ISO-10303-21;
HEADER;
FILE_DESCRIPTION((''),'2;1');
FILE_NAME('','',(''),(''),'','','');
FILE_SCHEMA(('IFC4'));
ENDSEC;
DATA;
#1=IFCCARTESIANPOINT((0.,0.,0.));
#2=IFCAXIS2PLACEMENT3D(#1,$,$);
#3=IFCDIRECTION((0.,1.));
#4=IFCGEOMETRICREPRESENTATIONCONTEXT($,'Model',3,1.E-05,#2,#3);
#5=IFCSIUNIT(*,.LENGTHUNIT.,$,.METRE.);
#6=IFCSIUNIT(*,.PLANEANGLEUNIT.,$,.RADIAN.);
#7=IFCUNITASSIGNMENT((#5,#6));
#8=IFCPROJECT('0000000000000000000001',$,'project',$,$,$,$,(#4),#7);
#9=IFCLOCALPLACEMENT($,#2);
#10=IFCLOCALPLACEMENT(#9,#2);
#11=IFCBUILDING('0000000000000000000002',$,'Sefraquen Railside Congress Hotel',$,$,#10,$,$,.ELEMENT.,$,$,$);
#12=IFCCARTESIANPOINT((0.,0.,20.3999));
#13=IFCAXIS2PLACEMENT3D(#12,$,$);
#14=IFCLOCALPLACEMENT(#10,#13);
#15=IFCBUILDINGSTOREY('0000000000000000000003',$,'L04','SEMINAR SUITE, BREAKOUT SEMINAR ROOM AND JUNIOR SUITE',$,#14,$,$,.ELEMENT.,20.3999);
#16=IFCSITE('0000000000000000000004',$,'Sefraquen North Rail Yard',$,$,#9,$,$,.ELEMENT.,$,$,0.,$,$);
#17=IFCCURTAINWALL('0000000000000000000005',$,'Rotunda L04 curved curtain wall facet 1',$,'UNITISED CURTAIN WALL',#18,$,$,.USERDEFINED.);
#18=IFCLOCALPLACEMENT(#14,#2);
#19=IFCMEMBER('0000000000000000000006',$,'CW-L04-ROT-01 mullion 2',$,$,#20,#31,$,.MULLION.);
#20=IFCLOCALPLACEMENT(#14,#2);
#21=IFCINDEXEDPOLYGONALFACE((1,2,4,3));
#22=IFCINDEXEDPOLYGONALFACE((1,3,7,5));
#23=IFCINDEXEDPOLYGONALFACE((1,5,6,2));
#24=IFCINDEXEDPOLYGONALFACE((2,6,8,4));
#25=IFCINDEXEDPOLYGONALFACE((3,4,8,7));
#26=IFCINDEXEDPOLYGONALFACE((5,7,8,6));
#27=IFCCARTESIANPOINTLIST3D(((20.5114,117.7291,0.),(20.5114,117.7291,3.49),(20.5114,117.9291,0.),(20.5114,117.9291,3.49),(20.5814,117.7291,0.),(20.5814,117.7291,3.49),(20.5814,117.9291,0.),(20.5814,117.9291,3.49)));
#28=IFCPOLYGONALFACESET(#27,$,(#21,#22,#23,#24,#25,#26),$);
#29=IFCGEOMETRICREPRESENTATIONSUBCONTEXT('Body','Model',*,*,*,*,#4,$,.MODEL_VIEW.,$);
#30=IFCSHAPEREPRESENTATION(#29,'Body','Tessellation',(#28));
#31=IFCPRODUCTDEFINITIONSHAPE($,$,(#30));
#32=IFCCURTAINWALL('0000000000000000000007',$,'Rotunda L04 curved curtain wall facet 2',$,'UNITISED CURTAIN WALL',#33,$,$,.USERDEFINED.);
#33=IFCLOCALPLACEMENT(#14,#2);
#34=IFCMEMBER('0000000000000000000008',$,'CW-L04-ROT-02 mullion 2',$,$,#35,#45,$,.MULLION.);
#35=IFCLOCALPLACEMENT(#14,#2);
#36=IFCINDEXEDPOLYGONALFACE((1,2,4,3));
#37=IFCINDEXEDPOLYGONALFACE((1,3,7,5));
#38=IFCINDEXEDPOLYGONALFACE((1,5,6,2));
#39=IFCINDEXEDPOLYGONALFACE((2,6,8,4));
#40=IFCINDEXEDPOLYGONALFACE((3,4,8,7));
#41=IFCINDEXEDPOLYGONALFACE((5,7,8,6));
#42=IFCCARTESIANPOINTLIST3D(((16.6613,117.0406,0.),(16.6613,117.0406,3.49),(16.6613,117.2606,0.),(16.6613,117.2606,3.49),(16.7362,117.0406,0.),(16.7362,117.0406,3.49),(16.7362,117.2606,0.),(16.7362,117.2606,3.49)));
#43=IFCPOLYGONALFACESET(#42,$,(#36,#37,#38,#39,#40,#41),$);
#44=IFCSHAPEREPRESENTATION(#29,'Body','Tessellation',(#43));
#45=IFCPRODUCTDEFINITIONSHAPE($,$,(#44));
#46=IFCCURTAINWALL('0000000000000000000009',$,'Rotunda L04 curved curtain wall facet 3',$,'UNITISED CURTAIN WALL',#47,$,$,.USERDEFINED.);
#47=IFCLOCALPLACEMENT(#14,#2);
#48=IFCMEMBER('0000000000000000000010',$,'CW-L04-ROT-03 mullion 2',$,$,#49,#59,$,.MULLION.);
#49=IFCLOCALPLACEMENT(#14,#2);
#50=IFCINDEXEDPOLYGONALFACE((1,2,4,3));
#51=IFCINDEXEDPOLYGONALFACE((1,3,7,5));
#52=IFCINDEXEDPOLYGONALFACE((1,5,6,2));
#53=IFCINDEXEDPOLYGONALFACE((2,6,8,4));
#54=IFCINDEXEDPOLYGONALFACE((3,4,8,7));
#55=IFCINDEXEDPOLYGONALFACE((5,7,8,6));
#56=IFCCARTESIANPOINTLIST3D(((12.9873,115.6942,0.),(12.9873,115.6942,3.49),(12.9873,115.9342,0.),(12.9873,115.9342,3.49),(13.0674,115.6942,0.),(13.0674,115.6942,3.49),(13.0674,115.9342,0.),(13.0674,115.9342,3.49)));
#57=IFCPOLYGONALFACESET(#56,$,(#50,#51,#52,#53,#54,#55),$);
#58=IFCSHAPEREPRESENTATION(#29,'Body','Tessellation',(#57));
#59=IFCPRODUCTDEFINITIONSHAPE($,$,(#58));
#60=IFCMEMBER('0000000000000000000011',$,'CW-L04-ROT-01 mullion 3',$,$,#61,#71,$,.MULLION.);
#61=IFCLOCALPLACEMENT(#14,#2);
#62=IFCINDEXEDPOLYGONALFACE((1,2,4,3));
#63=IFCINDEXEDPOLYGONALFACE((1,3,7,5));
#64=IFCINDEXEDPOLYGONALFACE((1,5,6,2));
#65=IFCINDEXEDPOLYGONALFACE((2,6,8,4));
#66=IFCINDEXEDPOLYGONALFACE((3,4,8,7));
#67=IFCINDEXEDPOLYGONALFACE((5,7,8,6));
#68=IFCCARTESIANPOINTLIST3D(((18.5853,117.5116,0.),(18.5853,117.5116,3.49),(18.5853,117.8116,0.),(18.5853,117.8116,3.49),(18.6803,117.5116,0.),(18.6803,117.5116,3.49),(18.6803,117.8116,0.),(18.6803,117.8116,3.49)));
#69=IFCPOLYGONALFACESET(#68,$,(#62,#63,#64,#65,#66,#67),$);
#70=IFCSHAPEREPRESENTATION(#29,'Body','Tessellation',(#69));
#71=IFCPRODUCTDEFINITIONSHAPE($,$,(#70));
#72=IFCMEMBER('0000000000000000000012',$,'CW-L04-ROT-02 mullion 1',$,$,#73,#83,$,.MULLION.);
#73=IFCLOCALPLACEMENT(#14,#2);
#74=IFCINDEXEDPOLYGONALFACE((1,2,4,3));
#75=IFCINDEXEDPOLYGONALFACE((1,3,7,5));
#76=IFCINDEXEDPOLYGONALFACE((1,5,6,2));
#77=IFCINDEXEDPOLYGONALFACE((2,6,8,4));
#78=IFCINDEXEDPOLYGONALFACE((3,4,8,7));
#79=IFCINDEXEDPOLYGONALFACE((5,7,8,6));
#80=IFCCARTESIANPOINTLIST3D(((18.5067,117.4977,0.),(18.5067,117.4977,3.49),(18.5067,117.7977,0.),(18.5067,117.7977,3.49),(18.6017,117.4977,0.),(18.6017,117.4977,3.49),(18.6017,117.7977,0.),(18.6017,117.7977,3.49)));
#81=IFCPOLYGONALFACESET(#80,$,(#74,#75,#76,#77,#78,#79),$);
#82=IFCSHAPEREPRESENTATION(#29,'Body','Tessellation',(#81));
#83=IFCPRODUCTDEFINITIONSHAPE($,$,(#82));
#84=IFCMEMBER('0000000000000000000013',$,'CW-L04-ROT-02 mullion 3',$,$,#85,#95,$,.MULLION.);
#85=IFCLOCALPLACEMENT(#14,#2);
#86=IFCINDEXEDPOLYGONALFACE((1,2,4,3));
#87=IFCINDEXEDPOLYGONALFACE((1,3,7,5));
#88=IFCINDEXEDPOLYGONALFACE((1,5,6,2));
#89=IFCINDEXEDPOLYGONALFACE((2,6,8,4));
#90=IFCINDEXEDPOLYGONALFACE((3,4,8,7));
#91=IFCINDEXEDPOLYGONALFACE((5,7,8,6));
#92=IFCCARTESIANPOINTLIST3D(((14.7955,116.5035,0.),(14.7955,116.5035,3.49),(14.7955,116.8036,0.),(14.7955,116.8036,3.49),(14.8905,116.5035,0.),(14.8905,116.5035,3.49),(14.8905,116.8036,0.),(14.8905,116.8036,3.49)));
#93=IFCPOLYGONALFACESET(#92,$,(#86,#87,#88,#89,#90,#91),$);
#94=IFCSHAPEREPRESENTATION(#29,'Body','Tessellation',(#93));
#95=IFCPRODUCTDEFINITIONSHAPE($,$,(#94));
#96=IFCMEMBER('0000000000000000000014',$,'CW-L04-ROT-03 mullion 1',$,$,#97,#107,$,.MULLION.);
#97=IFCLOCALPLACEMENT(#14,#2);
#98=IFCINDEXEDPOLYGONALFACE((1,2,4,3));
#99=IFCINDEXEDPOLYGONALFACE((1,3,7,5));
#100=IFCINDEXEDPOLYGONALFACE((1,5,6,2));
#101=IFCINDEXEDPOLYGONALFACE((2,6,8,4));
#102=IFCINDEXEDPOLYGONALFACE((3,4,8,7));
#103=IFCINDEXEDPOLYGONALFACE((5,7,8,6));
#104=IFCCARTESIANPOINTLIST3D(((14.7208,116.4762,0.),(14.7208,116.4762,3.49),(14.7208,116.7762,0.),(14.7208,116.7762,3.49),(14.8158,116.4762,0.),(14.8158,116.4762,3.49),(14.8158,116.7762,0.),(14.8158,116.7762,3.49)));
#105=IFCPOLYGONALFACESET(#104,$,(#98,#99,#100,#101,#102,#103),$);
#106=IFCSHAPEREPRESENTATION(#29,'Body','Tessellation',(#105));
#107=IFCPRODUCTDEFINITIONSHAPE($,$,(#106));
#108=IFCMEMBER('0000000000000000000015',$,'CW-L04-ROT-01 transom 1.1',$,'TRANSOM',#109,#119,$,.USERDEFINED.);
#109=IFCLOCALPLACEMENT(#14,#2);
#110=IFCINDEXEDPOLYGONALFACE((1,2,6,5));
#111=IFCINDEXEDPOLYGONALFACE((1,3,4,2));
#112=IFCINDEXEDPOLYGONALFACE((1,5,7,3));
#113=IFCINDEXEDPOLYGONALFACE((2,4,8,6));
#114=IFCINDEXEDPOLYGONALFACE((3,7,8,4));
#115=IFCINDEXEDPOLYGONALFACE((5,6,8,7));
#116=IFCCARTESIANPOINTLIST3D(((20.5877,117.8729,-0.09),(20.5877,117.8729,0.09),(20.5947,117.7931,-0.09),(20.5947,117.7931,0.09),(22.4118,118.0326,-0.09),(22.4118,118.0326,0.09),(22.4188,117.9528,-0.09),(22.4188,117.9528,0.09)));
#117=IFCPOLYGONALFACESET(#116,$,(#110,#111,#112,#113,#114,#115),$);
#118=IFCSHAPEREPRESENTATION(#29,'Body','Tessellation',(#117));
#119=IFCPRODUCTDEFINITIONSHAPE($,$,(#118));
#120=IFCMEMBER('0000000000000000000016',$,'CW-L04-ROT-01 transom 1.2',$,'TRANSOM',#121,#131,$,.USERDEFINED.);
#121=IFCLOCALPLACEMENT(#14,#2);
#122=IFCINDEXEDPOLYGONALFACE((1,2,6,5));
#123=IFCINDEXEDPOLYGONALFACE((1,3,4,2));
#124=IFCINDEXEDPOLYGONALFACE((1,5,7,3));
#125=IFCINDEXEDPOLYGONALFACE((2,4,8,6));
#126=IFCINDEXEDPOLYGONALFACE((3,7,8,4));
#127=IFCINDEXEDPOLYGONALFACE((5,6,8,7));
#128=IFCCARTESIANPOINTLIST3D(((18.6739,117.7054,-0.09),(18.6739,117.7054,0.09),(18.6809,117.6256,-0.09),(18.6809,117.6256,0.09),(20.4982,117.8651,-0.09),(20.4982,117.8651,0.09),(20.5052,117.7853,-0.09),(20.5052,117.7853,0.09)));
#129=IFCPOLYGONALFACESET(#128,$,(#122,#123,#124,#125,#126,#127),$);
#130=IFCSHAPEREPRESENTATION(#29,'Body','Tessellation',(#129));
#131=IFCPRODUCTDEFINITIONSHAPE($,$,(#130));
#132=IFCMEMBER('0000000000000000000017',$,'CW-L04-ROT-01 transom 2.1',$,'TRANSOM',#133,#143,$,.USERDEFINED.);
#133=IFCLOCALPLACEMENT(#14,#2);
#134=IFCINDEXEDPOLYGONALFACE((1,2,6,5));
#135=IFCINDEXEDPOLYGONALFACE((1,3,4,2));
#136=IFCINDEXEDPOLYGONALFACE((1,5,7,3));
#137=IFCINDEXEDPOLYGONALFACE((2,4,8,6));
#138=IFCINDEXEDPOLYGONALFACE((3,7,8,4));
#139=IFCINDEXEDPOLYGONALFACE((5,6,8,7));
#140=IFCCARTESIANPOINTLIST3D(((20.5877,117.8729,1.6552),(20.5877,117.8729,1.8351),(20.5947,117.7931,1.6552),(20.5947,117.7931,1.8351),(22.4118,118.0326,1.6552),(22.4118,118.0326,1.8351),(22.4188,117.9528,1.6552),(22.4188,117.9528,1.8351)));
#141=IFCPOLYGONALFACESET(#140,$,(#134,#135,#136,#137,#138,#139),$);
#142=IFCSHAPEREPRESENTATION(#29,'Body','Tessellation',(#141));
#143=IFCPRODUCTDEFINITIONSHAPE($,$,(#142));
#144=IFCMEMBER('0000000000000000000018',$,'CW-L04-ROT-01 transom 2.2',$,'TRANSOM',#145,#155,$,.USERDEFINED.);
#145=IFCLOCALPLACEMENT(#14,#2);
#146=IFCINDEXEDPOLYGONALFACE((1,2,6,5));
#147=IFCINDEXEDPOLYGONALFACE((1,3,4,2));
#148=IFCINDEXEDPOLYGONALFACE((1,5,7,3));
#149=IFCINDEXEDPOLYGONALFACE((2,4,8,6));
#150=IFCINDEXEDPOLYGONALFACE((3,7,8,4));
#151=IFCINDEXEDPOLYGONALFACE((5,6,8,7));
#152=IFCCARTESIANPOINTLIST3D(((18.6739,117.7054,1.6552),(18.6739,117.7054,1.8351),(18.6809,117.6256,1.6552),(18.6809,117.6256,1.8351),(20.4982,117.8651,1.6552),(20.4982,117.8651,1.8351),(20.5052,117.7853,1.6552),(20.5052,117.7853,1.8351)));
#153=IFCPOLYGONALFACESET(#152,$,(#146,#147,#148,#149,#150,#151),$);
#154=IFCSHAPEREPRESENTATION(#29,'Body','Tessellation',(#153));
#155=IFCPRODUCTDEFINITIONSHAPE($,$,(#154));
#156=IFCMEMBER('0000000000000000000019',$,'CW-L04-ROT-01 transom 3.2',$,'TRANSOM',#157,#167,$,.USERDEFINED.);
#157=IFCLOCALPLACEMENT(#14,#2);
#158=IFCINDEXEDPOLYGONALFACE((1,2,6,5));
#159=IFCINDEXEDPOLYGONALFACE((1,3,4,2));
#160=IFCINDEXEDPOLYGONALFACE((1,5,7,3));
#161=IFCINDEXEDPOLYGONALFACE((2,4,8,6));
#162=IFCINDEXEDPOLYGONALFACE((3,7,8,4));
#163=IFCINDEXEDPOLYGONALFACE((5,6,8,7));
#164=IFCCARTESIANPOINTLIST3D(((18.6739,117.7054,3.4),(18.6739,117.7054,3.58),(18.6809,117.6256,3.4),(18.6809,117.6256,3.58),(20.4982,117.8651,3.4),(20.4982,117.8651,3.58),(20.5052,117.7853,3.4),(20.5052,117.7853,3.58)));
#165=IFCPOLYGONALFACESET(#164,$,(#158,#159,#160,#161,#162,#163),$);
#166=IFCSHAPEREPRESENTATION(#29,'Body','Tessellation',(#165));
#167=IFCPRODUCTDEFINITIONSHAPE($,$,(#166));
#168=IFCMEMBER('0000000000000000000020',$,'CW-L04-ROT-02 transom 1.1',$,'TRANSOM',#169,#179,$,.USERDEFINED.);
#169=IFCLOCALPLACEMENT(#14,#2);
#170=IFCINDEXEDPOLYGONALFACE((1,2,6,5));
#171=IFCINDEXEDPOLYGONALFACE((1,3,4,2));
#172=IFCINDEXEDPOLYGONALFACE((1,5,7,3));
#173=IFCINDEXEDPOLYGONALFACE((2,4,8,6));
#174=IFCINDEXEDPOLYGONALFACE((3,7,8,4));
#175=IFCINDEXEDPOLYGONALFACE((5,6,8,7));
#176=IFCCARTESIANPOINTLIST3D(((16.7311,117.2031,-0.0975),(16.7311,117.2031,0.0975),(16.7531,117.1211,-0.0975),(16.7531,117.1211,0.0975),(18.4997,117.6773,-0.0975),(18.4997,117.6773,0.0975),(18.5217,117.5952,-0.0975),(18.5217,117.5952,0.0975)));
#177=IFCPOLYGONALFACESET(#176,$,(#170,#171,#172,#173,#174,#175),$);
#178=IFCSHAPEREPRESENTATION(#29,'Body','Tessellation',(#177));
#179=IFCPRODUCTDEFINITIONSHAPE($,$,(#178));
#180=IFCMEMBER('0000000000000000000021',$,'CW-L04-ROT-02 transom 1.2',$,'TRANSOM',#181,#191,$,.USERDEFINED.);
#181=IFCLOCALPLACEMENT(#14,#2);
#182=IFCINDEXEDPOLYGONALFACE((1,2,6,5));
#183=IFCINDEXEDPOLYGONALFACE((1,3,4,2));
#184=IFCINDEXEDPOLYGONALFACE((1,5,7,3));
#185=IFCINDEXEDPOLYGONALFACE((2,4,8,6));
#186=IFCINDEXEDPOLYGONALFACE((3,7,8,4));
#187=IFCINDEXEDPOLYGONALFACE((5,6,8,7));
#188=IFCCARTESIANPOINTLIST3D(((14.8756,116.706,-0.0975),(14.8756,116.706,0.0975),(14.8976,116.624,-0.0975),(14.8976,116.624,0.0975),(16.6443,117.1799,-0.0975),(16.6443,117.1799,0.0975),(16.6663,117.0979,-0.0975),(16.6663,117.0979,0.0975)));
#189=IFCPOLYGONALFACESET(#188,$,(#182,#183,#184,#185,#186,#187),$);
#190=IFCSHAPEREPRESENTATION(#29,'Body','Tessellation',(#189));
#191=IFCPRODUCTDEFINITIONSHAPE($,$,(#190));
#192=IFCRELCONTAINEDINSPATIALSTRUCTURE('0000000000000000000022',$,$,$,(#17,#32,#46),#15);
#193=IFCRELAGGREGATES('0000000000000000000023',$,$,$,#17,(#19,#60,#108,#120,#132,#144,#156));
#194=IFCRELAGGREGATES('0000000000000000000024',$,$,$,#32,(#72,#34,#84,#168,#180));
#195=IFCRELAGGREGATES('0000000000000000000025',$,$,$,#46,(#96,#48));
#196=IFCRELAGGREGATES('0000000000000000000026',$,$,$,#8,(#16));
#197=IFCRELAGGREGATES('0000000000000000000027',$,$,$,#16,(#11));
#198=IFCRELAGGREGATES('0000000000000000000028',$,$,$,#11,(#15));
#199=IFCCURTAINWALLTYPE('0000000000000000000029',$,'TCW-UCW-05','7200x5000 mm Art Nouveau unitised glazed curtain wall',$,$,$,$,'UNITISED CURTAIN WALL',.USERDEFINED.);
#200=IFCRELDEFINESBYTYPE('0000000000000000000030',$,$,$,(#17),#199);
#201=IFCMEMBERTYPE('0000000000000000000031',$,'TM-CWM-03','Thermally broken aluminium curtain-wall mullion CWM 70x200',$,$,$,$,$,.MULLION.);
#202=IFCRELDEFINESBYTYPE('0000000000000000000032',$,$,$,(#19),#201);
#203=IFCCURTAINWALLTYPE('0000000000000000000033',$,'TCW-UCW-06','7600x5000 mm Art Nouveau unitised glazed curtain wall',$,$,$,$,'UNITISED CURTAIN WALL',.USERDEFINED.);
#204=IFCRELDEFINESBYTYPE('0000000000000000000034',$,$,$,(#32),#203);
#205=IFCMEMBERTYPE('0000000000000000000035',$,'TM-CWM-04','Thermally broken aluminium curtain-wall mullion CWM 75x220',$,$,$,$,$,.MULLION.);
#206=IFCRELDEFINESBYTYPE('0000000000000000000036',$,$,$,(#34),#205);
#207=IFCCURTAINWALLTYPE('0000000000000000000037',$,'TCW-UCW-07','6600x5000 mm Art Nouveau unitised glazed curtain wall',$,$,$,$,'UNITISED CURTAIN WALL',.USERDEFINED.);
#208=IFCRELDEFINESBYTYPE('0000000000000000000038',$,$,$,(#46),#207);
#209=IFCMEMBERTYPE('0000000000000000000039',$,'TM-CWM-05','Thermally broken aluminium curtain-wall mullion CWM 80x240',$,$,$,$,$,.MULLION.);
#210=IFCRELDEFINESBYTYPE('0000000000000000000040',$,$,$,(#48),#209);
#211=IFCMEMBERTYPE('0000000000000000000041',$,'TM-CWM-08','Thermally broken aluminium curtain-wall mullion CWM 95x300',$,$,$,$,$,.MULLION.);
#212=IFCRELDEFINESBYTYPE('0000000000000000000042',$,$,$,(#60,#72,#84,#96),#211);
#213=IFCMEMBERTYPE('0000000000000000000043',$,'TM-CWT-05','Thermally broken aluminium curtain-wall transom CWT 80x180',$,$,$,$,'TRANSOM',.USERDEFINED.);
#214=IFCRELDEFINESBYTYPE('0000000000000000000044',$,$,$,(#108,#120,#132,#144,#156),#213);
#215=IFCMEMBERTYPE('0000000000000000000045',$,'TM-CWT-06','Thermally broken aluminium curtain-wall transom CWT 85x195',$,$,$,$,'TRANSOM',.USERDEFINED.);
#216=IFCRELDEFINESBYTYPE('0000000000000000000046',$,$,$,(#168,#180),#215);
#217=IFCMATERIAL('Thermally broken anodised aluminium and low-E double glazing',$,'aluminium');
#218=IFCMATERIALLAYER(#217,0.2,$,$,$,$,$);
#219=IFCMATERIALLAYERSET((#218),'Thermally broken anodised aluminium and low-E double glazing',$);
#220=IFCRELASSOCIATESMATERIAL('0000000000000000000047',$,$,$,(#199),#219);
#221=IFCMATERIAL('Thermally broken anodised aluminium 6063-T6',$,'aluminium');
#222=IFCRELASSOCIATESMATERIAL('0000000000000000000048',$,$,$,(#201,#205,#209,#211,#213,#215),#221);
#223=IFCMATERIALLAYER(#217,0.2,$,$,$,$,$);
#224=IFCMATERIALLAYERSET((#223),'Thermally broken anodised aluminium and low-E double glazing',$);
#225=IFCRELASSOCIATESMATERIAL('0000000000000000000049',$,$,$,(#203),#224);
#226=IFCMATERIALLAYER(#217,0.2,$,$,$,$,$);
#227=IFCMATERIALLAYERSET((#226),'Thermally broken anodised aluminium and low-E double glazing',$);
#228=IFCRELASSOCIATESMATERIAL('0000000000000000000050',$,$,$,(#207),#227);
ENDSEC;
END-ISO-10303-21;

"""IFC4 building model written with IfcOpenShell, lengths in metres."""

from ifc_helpers import new_model, si_unit, direction, frame, origin, origin_2d, place, context, subcontext, project, spatial, rectangle, extrude, material, layer, layer_set, material_profile, profile_set, type_object, element, aggregate, save


model = new_model("IFC4")

# Units and contexts
model_context = context("Model", 3, precision=1e-05, world=origin(), true_north=direction((0.0, 1.0)))
body_context = subcontext(model_context, "Body", "Model", "MODEL_VIEW")
ifc_project = project(units=[si_unit("LENGTHUNIT", "METRE"), si_unit("PLANEANGLEUNIT", "RADIAN")], contexts=[model_context])

# Site, building, storey
site_placement = place(None, origin())
site = spatial("IfcSite", under=ifc_project, at=site_placement, Name="Sefraquen North Rail Yard", CompositionType="ELEMENT", RefElevation=0.0)
building_placement = place(site_placement, origin())
building = spatial("IfcBuilding", under=site, at=building_placement, Name="Sefraquen Railside Congress Hotel", CompositionType="ELEMENT")
storey_placement = place(building_placement, frame((0.0, 0.0, 20.3999)))
storey = spatial("IfcBuildingStorey", under=building, at=storey_placement, Name="L04", Description="SEMINAR SUITE, BREAKOUT SEMINAR ROOM AND JUNIOR SUITE", CompositionType="ELEMENT", Elevation=20.3999)

# Curtain walls, members
ifc_material_1 = material(Name="Thermally broken anodised aluminium and low-E double glazing", Category="aluminium")
ifc_layer_1 = layer(ifc_material_1, 0.2)
ifc_layer_set_1 = layer_set([ifc_layer_1], Name="Thermally broken anodised aluminium and low-E double glazing")
curtain_wall_type_1 = type_object("IfcCurtainWallType", Name="TCW-UCW-05", Description="7200x5000 mm Art Nouveau unitised glazed curtain wall", ElementType="UNITISED CURTAIN WALL", PredefinedType="USERDEFINED", material=ifc_layer_set_1)
curtain_wall_1_placement = place(storey_placement, origin())
curtain_wall_1 = element("IfcCurtainWall", 1, at=curtain_wall_1_placement, inside=storey, type_object=curtain_wall_type_1, Name="Rotunda L04 curved curtain wall facet 1", ObjectType="UNITISED CURTAIN WALL", PredefinedType="USERDEFINED")
ifc_material_2 = material(Name="Thermally broken anodised aluminium 6063-T6", Category="aluminium")
ifc_material_profile_1 = material_profile(ifc_material_2, rectangle(XDim=0.0701, YDim=0.2, at=origin_2d()), Name="CWM 70x200")
ifc_profile_set_1 = profile_set([ifc_material_profile_1], Name="Thermally broken anodised aluminium 6063-T6")
member_type_1 = type_object("IfcMemberType", Name="TM-CWM-03", Description="Thermally broken aluminium curtain-wall mullion CWM 70x200", PredefinedType="MULLION", material=ifc_profile_set_1)
member_1_placement = place(storey_placement, frame((20.5464, 117.8291, 0.0), z_axis=(0.0, 0.0, 1.0), x_axis=(1.0, 0.0, 0.0)))
member_1 = element("IfcMember", 2, at=member_1_placement, type_object=member_type_1, Name="CW-L04-ROT-01 mullion 2", PredefinedType="MULLION", context=body_context, shape_type="SweptSolid", body=[
    extrude(rectangle(XDim=0.0701, YDim=0.2, at=origin_2d()), origin(), (0.0, 0.0, 1.0), 3.49),
])
ifc_layer_2 = layer(ifc_material_1, 0.2)
ifc_layer_set_2 = layer_set([ifc_layer_2], Name="Thermally broken anodised aluminium and low-E double glazing")
curtain_wall_type_2 = type_object("IfcCurtainWallType", Name="TCW-UCW-06", Description="7600x5000 mm Art Nouveau unitised glazed curtain wall", ElementType="UNITISED CURTAIN WALL", PredefinedType="USERDEFINED", material=ifc_layer_set_2)
curtain_wall_2_placement = place(storey_placement, origin())
curtain_wall_2 = element("IfcCurtainWall", 3, at=curtain_wall_2_placement, inside=storey, type_object=curtain_wall_type_2, Name="Rotunda L04 curved curtain wall facet 2", ObjectType="UNITISED CURTAIN WALL", PredefinedType="USERDEFINED")
ifc_material_profile_2 = material_profile(ifc_material_2, rectangle(XDim=0.075, YDim=0.22, at=origin_2d()), Name="CWM 75x220")
ifc_profile_set_2 = profile_set([ifc_material_profile_2], Name="Thermally broken anodised aluminium 6063-T6")
member_type_2 = type_object("IfcMemberType", Name="TM-CWM-04", Description="Thermally broken aluminium curtain-wall mullion CWM 75x220", PredefinedType="MULLION", material=ifc_profile_set_2)
member_2_placement = place(storey_placement, frame((16.6987, 117.1506, 0.0), z_axis=(0.0, 0.0, 1.0), x_axis=(1.0, 0.0, 0.0)))
member_2 = element("IfcMember", 4, at=member_2_placement, type_object=member_type_2, Name="CW-L04-ROT-02 mullion 2", PredefinedType="MULLION", context=body_context, shape_type="SweptSolid", body=[
    extrude(rectangle(XDim=0.075, YDim=0.22, at=origin_2d()), origin(), (0.0, 0.0, 1.0), 3.49),
])
ifc_layer_3 = layer(ifc_material_1, 0.2)
ifc_layer_set_3 = layer_set([ifc_layer_3], Name="Thermally broken anodised aluminium and low-E double glazing")
curtain_wall_type_3 = type_object("IfcCurtainWallType", Name="TCW-UCW-07", Description="6600x5000 mm Art Nouveau unitised glazed curtain wall", ElementType="UNITISED CURTAIN WALL", PredefinedType="USERDEFINED", material=ifc_layer_set_3)
curtain_wall_3_placement = place(storey_placement, origin())
curtain_wall_3 = element("IfcCurtainWall", 5, at=curtain_wall_3_placement, inside=storey, type_object=curtain_wall_type_3, Name="Rotunda L04 curved curtain wall facet 3", ObjectType="UNITISED CURTAIN WALL", PredefinedType="USERDEFINED")
ifc_material_profile_3 = material_profile(ifc_material_2, rectangle(XDim=0.0801, YDim=0.24, at=origin_2d()), Name="CWM 80x240")
ifc_profile_set_3 = profile_set([ifc_material_profile_3], Name="Thermally broken anodised aluminium 6063-T6")
member_type_3 = type_object("IfcMemberType", Name="TM-CWM-05", Description="Thermally broken aluminium curtain-wall mullion CWM 80x240", PredefinedType="MULLION", material=ifc_profile_set_3)
member_3_placement = place(storey_placement, frame((13.0273, 115.8142, 0.0), z_axis=(0.0, 0.0, 1.0), x_axis=(1.0, 0.0, 0.0)))
member_3 = element("IfcMember", 6, at=member_3_placement, type_object=member_type_3, Name="CW-L04-ROT-03 mullion 2", PredefinedType="MULLION", context=body_context, shape_type="SweptSolid", body=[
    extrude(rectangle(XDim=0.0801, YDim=0.24, at=origin_2d()), origin(), (0.0, 0.0, 1.0), 3.49),
])

# Members
ifc_material_profile_4 = material_profile(ifc_material_2, rectangle(XDim=0.095, YDim=0.3, at=origin_2d()), Name="CWM 95x300")
ifc_profile_set_4 = profile_set([ifc_material_profile_4], Name="Thermally broken anodised aluminium 6063-T6")
member_type_4 = type_object("IfcMemberType", Name="TM-CWM-08", Description="Thermally broken aluminium curtain-wall mullion CWM 95x300", PredefinedType="MULLION", material=ifc_profile_set_4)
member_4_placement = place(storey_placement, frame((18.6328, 117.6616, 0.0), z_axis=(0.0, 0.0, 1.0), x_axis=(1.0, 0.0, 0.0)))
member_4 = element("IfcMember", 7, at=member_4_placement, type_object=member_type_4, Name="CW-L04-ROT-01 mullion 3", PredefinedType="MULLION", context=body_context, shape_type="SweptSolid", body=[
    extrude(rectangle(XDim=0.095, YDim=0.3, at=origin_2d()), origin(), (0.0, 0.0, 1.0), 3.49),
])
member_5_placement = place(storey_placement, frame((18.5542, 117.6477, 0.0), z_axis=(0.0, 0.0, 1.0), x_axis=(1.0, 0.0, 0.0)))
member_5 = element("IfcMember", 8, at=member_5_placement, type_object=member_type_4, Name="CW-L04-ROT-02 mullion 1", PredefinedType="MULLION", context=body_context, shape_type="SweptSolid", body=[
    extrude(rectangle(XDim=0.095, YDim=0.3, at=origin_2d()), origin(), (0.0, 0.0, 1.0), 3.49),
])
member_6_placement = place(storey_placement, frame((14.843, 116.6536, 0.0), z_axis=(0.0, 0.0, 1.0), x_axis=(1.0, 0.0, 0.0)))
member_6 = element("IfcMember", 9, at=member_6_placement, type_object=member_type_4, Name="CW-L04-ROT-02 mullion 3", PredefinedType="MULLION", context=body_context, shape_type="SweptSolid", body=[
    extrude(rectangle(XDim=0.095, YDim=0.3, at=origin_2d()), origin(), (0.0, 0.0, 1.0), 3.49),
])
member_7_placement = place(storey_placement, frame((14.7683, 116.6262, 0.0), z_axis=(0.0, 0.0, 1.0), x_axis=(1.0, 0.0, 0.0)))
member_7 = element("IfcMember", 10, at=member_7_placement, type_object=member_type_4, Name="CW-L04-ROT-03 mullion 1", PredefinedType="MULLION", context=body_context, shape_type="SweptSolid", body=[
    extrude(rectangle(XDim=0.095, YDim=0.3, at=origin_2d()), origin(), (0.0, 0.0, 1.0), 3.49),
])
ifc_material_profile_5 = material_profile(ifc_material_2, rectangle(XDim=0.0801, YDim=0.1799, at=origin_2d()), Name="CWT 80x180")
ifc_profile_set_5 = profile_set([ifc_material_profile_5], Name="Thermally broken anodised aluminium 6063-T6")
member_type_5 = type_object("IfcMemberType", Name="TM-CWT-05", Description="Thermally broken aluminium curtain-wall transom CWT 80x180", ElementType="TRANSOM", PredefinedType="USERDEFINED", material=ifc_profile_set_5)
member_8_placement = place(storey_placement, frame((22.4153, 117.9927, 0.0), z_axis=(-0.99619, -0.087205, 0.0), x_axis=(0.087205, -0.99619, 0.0)))
member_8 = element("IfcMember", 11, at=member_8_placement, type_object=member_type_5, Name="CW-L04-ROT-01 transom 1.1", ObjectType="TRANSOM", PredefinedType="USERDEFINED", context=body_context, shape_type="SweptSolid", body=[
    extrude(rectangle(XDim=0.0801, YDim=0.1799, at=origin_2d()), origin(), (0.0, 0.0, 1.0), 1.8311),
])
member_9_placement = place(storey_placement, frame((20.5017, 117.8252, 0.0), z_axis=(-0.996191, -0.087193, 0.0), x_axis=(0.087193, -0.996191, 0.0)))
member_9 = element("IfcMember", 12, at=member_9_placement, type_object=member_type_5, Name="CW-L04-ROT-01 transom 1.2", ObjectType="TRANSOM", PredefinedType="USERDEFINED", context=body_context, shape_type="SweptSolid", body=[
    extrude(rectangle(XDim=0.0801, YDim=0.1799, at=origin_2d()), origin(), (0.0, 0.0, 1.0), 1.8313),
])
member_10_placement = place(storey_placement, frame((22.4153, 117.9927, 1.7451), z_axis=(-0.99619, -0.087205, 0.0), x_axis=(0.087205, -0.99619, 0.0)))
member_10 = element("IfcMember", 13, at=member_10_placement, type_object=member_type_5, Name="CW-L04-ROT-01 transom 2.1", ObjectType="TRANSOM", PredefinedType="USERDEFINED", context=body_context, shape_type="SweptSolid", body=[
    extrude(rectangle(XDim=0.0801, YDim=0.1799, at=origin_2d()), origin(), (0.0, 0.0, 1.0), 1.8311),
])
member_11_placement = place(storey_placement, frame((20.5017, 117.8252, 1.7451), z_axis=(-0.996191, -0.087193, 0.0), x_axis=(0.087193, -0.996191, 0.0)))
member_11 = element("IfcMember", 14, at=member_11_placement, type_object=member_type_5, Name="CW-L04-ROT-01 transom 2.2", ObjectType="TRANSOM", PredefinedType="USERDEFINED", context=body_context, shape_type="SweptSolid", body=[
    extrude(rectangle(XDim=0.0801, YDim=0.1799, at=origin_2d()), origin(), (0.0, 0.0, 1.0), 1.8313),
])
member_12_placement = place(storey_placement, frame((20.5017, 117.8252, 3.49), z_axis=(-0.996191, -0.087193, 0.0), x_axis=(0.087193, -0.996191, 0.0)))
member_12 = element("IfcMember", 15, at=member_12_placement, type_object=member_type_5, Name="CW-L04-ROT-01 transom 3.2", ObjectType="TRANSOM", PredefinedType="USERDEFINED", context=body_context, shape_type="SweptSolid", body=[
    extrude(rectangle(XDim=0.0801, YDim=0.1799, at=origin_2d()), origin(), (0.0, 0.0, 1.0), 1.8313),
])
ifc_material_profile_6 = material_profile(ifc_material_2, rectangle(XDim=0.085, YDim=0.1951, at=origin_2d()), Name="CWT 85x195")
ifc_profile_set_6 = profile_set([ifc_material_profile_6], Name="Thermally broken anodised aluminium 6063-T6")
member_type_6 = type_object("IfcMemberType", Name="TM-CWT-06", Description="Thermally broken aluminium curtain-wall transom CWT 85x195", ElementType="TRANSOM", PredefinedType="USERDEFINED", material=ifc_profile_set_6)
member_13_placement = place(storey_placement, frame((18.5107, 117.6362, 0.0), z_axis=(-0.965893, -0.25894, 0.0), x_axis=(0.25894, -0.965893, 0.0)))
member_13 = element("IfcMember", 16, at=member_13_placement, type_object=member_type_6, Name="CW-L04-ROT-02 transom 1.1", ObjectType="TRANSOM", PredefinedType="USERDEFINED", context=body_context, shape_type="SweptSolid", body=[
    extrude(rectangle(XDim=0.085, YDim=0.1951, at=origin_2d()), origin(), (0.0, 0.0, 1.0), 1.8311),
])
member_14_placement = place(storey_placement, frame((16.6553, 117.1389, 0.0), z_axis=(-0.965927, -0.258816, 0.0), x_axis=(0.258816, -0.965927, 0.0)))
member_14 = element("IfcMember", 17, at=member_14_placement, type_object=member_type_6, Name="CW-L04-ROT-02 transom 1.2", ObjectType="TRANSOM", PredefinedType="USERDEFINED", context=body_context, shape_type="SweptSolid", body=[
    extrude(rectangle(XDim=0.085, YDim=0.1951, at=origin_2d()), origin(), (0.0, 0.0, 1.0), 1.8311),
])

aggregate(curtain_wall_1, [member_1, member_4, member_8, member_9, member_10, member_11, member_12])
aggregate(curtain_wall_2, [member_5, member_2, member_6, member_13, member_14])
aggregate(curtain_wall_3, [member_7, member_3])

save(model, "model.ifc")
